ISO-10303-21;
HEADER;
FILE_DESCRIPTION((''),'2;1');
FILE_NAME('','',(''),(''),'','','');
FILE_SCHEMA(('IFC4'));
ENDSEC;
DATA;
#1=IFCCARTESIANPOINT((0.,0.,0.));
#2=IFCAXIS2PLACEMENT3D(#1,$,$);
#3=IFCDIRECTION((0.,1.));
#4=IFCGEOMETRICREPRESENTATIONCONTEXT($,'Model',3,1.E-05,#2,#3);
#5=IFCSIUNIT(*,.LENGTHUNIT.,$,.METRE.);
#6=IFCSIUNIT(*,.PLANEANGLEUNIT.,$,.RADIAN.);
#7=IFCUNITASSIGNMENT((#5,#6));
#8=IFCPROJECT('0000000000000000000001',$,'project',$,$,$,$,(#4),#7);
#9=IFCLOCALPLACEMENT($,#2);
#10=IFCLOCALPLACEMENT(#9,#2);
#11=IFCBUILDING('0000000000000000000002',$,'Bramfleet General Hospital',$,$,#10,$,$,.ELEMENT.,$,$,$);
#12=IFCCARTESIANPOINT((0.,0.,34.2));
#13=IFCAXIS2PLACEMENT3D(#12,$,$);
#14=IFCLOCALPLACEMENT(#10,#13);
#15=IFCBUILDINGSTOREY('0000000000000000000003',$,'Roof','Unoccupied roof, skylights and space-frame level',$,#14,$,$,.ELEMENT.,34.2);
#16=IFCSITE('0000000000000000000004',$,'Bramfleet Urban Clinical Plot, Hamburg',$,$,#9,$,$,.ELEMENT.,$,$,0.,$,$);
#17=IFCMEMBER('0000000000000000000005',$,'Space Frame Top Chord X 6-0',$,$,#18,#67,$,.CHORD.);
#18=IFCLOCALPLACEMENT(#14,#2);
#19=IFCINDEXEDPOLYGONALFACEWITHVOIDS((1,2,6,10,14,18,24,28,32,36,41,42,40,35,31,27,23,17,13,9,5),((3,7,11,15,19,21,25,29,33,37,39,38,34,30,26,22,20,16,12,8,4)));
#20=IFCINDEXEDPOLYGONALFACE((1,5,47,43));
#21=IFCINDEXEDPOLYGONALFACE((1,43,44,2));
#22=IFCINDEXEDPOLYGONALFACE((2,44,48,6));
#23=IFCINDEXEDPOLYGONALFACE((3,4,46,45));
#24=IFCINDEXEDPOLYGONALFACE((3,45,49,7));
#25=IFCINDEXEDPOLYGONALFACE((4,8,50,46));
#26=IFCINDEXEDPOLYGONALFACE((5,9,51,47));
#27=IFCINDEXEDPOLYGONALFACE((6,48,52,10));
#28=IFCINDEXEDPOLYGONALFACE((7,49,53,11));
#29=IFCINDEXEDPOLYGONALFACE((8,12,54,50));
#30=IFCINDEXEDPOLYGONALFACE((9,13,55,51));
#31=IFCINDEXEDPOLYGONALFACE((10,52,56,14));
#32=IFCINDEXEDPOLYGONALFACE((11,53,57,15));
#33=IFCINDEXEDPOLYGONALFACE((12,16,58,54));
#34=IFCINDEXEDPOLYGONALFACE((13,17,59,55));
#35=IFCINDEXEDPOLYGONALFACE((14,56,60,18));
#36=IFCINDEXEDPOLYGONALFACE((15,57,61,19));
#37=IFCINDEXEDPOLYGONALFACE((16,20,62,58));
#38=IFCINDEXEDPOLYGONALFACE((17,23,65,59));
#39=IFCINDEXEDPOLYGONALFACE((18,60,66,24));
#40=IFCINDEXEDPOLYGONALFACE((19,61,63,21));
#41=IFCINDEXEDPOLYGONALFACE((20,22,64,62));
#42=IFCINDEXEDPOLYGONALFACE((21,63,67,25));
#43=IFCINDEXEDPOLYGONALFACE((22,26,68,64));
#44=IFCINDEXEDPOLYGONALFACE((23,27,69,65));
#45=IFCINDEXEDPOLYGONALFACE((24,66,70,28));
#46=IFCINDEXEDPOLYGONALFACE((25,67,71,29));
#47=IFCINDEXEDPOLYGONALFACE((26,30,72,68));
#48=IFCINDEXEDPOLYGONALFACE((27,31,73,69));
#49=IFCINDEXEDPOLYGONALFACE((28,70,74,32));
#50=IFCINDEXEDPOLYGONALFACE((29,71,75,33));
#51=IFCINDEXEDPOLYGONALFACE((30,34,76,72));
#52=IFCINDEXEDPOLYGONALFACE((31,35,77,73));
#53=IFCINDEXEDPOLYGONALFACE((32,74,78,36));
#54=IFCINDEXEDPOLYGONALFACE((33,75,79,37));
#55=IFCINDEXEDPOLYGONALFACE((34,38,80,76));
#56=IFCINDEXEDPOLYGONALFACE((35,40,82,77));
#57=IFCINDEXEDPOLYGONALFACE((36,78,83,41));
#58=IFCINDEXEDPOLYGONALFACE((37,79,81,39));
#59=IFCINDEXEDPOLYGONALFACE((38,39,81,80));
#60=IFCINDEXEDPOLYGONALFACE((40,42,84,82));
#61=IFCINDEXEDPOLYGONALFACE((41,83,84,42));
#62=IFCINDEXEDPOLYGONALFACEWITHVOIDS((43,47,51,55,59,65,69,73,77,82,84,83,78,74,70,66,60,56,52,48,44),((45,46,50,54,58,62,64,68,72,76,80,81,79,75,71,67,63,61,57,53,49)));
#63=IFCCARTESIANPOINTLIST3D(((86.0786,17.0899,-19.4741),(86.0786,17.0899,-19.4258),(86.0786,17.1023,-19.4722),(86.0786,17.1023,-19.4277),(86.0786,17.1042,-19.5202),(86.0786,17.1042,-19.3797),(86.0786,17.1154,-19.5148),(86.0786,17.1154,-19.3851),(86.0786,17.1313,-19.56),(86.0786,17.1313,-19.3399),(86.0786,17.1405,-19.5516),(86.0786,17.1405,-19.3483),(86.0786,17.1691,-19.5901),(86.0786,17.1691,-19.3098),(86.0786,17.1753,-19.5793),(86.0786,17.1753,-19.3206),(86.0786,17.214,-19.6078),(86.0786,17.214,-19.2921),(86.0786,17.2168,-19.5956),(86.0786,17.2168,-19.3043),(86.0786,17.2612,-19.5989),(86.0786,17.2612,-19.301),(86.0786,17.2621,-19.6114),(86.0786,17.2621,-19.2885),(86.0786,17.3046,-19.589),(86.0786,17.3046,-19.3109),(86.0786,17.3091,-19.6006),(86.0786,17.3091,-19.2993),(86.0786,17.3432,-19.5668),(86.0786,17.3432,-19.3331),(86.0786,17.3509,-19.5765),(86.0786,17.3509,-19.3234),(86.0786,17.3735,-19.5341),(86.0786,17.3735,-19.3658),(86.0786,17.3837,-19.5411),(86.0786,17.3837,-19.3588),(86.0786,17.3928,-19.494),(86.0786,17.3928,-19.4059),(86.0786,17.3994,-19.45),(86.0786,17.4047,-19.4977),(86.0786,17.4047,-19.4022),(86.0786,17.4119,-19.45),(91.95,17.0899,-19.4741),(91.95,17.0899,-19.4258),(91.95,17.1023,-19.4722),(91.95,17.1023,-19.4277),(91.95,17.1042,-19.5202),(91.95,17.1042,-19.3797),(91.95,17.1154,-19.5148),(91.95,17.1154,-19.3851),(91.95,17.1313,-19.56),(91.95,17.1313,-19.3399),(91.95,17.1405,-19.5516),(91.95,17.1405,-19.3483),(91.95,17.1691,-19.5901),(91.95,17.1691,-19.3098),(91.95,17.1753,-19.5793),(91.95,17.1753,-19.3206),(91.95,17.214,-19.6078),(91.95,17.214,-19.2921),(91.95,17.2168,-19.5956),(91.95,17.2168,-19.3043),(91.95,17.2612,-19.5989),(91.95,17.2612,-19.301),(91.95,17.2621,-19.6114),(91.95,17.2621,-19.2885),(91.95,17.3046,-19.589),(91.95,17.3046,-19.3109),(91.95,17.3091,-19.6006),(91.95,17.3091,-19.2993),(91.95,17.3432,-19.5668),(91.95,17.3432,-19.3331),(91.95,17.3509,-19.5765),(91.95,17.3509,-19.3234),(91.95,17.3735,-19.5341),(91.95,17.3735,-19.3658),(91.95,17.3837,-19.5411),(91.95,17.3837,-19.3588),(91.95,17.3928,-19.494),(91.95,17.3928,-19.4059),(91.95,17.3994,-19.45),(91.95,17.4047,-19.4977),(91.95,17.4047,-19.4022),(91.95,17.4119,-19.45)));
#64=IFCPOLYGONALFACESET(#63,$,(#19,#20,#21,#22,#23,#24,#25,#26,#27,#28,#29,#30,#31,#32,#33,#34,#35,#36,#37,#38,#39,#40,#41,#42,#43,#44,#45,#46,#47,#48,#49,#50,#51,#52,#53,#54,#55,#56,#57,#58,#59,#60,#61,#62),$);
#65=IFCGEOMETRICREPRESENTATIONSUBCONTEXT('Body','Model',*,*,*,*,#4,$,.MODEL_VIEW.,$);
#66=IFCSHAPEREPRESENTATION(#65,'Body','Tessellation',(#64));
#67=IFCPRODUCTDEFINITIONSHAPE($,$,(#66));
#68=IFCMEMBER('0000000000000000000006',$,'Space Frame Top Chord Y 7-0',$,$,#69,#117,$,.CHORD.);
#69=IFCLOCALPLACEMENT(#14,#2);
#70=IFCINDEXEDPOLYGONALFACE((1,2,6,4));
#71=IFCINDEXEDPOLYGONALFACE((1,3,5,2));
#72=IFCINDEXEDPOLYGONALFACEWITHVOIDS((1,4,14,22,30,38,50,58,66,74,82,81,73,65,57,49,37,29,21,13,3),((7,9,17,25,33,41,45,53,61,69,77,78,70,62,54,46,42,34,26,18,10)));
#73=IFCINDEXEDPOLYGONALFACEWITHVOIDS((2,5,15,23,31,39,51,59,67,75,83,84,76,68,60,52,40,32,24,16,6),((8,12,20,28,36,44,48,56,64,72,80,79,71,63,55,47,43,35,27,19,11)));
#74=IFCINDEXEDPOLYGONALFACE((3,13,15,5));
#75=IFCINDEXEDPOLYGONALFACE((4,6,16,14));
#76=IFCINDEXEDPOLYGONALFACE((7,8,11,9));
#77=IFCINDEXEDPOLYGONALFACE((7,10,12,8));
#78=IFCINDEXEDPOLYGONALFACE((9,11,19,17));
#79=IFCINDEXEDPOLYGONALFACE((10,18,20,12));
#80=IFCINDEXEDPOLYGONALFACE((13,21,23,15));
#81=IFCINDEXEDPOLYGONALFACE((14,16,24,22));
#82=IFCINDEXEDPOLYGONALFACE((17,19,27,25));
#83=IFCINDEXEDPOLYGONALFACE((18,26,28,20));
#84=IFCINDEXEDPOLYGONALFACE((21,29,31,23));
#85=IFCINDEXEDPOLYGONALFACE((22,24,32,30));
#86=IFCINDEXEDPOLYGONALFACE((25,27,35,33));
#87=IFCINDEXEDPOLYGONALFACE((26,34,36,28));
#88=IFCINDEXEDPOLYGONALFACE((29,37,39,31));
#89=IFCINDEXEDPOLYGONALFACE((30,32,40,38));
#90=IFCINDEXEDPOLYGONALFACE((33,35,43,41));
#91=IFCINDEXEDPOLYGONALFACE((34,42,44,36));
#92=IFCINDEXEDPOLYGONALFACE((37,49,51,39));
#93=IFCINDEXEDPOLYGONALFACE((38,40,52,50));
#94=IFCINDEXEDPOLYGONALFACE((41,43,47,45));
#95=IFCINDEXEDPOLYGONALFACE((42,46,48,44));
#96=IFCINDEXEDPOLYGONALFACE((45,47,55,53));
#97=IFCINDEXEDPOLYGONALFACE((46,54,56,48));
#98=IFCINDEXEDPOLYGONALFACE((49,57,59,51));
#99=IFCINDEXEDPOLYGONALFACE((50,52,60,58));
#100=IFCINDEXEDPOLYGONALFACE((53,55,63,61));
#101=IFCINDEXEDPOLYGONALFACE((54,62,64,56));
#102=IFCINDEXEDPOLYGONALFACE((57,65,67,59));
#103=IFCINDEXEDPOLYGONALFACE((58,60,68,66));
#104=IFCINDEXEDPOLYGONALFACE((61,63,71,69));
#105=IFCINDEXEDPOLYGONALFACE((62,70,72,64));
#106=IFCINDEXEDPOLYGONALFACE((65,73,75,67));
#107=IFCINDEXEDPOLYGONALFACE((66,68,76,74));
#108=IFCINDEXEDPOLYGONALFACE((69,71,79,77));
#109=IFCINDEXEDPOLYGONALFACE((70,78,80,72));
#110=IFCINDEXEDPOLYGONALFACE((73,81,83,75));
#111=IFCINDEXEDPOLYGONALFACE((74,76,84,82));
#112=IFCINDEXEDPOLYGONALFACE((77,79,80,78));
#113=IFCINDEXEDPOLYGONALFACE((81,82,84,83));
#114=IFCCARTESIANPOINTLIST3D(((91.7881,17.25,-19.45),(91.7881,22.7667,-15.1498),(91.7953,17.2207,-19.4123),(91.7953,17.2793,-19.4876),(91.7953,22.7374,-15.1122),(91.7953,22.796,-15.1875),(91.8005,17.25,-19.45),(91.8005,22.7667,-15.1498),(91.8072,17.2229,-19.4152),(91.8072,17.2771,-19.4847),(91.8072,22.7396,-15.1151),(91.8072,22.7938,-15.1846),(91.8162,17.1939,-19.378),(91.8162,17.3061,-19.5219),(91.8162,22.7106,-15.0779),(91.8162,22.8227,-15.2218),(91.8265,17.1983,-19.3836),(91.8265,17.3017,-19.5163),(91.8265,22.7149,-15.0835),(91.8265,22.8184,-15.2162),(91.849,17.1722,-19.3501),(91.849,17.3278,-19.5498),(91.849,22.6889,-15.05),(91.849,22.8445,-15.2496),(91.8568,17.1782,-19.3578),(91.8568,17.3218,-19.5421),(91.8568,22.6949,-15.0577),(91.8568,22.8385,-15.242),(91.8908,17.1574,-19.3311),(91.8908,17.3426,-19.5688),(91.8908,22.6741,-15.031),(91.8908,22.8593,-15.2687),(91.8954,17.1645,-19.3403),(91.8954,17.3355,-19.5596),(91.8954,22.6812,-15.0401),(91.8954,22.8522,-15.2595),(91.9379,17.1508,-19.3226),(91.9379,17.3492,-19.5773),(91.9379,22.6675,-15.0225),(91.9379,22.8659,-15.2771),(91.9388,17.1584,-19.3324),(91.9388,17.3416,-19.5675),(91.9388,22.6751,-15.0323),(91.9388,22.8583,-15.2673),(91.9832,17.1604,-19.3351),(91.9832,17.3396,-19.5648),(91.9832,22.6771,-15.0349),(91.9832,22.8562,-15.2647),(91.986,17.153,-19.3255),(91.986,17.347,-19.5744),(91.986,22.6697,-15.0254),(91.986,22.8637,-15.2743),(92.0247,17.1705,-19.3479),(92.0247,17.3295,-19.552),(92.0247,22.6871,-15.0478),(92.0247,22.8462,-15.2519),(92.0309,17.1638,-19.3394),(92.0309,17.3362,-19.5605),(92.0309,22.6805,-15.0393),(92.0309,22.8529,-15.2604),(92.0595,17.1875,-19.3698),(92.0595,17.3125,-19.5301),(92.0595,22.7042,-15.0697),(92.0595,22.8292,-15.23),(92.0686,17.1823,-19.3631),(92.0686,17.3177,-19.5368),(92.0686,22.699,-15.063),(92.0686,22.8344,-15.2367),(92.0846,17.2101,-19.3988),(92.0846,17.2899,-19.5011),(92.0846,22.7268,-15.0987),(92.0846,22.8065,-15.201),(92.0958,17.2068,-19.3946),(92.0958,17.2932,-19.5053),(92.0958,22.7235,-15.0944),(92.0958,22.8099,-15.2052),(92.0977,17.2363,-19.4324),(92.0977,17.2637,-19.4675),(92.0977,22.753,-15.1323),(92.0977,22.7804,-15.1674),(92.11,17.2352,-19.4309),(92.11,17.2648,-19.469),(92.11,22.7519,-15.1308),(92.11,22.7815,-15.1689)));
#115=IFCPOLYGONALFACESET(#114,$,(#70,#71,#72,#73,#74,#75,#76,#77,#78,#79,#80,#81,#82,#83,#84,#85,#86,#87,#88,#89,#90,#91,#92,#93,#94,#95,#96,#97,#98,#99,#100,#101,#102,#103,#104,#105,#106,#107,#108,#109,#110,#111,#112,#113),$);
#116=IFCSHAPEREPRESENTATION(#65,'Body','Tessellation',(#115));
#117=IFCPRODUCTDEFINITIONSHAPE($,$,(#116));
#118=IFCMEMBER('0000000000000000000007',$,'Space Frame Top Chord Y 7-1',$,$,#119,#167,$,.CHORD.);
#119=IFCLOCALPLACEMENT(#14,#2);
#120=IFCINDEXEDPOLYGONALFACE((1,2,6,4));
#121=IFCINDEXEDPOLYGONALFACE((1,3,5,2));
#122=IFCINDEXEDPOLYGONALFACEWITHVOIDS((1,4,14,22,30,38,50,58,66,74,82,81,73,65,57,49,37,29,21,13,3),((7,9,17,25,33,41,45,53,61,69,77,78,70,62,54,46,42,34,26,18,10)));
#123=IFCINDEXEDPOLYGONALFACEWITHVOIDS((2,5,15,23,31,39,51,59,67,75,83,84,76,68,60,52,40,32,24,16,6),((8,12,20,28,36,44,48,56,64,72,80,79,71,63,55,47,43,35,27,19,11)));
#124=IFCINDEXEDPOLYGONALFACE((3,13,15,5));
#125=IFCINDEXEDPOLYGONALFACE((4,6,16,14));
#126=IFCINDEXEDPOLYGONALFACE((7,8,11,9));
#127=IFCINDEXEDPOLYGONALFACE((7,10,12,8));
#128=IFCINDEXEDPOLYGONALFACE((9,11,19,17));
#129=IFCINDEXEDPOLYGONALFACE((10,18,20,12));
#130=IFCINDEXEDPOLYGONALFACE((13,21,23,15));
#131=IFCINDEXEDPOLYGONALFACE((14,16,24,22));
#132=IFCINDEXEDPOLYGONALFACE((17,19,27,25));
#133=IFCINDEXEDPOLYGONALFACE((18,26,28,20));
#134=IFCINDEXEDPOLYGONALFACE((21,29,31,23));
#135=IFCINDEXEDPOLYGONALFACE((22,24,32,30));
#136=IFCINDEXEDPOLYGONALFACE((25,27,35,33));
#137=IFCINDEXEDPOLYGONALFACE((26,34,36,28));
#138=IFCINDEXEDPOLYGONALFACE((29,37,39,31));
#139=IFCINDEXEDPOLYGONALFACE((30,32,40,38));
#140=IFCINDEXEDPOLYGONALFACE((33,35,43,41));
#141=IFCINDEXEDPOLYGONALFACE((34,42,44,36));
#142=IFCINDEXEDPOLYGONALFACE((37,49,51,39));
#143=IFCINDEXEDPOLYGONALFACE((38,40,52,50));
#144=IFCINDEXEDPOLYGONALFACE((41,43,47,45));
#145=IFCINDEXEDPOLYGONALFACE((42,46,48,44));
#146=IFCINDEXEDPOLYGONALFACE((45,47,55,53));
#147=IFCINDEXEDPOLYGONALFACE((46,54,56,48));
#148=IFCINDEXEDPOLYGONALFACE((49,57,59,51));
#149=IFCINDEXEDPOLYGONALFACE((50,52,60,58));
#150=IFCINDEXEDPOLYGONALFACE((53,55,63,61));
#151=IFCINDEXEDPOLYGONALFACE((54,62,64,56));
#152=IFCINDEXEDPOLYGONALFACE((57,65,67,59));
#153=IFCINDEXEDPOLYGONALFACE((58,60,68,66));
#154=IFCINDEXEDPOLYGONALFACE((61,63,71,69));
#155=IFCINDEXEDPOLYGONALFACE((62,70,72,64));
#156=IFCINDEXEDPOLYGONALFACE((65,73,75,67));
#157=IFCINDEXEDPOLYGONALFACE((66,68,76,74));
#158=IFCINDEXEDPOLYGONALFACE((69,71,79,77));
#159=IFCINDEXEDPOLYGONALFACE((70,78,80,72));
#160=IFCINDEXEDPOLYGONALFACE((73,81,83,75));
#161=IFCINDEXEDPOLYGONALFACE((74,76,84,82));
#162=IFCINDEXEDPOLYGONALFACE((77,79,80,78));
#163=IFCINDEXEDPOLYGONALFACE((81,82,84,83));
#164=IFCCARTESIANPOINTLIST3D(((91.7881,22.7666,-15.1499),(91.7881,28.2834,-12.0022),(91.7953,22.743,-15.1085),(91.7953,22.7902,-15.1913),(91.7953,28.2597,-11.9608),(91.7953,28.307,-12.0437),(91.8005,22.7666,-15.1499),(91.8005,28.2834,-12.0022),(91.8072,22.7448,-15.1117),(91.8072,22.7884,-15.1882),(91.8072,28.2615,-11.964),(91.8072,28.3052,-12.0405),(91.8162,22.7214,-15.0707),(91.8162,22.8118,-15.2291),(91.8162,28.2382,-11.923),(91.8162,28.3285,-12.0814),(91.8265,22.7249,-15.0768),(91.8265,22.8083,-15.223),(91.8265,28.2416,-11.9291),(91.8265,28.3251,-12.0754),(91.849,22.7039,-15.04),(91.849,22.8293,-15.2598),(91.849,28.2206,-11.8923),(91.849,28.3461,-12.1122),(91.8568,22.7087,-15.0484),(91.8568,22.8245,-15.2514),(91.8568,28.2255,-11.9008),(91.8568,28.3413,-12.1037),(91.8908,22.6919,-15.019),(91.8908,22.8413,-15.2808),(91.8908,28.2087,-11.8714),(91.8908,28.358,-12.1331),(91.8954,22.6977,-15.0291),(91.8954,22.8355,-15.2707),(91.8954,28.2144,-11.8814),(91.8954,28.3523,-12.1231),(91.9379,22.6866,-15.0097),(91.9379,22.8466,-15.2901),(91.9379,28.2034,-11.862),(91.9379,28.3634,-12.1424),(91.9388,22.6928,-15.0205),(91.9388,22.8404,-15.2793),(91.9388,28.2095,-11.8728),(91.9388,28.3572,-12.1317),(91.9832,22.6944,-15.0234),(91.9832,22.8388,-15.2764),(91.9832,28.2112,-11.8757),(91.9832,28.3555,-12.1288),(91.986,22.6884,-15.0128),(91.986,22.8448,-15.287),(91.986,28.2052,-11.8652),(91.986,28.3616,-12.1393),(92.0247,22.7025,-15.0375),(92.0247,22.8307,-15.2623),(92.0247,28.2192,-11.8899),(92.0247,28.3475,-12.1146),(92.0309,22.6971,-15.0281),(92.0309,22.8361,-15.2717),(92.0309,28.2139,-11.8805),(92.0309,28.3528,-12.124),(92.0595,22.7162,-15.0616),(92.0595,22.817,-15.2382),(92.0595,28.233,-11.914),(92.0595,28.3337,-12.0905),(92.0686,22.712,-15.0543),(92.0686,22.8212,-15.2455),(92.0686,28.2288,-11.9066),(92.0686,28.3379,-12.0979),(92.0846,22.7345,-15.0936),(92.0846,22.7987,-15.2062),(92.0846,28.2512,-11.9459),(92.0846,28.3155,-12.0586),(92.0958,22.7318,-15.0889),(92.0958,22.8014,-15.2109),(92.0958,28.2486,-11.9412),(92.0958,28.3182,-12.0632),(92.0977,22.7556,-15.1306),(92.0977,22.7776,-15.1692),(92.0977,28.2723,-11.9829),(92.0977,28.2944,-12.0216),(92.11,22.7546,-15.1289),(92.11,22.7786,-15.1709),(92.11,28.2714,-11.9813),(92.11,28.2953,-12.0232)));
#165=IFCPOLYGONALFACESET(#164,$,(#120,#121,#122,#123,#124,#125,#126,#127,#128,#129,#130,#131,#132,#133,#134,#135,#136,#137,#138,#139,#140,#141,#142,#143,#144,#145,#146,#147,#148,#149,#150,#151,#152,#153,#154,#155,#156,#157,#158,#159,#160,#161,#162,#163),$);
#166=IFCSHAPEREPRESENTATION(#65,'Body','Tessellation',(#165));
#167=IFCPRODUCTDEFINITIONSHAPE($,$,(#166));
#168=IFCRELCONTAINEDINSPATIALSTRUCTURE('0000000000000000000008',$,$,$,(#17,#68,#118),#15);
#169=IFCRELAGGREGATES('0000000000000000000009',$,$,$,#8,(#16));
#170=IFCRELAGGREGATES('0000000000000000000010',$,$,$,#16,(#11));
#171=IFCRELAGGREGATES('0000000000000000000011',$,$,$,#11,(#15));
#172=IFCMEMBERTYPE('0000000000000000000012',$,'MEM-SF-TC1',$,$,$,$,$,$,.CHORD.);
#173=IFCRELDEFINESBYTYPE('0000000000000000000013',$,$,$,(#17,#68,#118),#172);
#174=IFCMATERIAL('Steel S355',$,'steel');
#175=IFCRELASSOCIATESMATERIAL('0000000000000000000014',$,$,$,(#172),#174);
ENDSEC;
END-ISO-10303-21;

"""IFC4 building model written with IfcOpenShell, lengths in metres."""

from ifc_helpers import new_model, si_unit, direction, frame, origin, origin_2d, place, context, subcontext, project, spatial, hollow_circle, extrude, material, material_profile, profile_set, type_object, element, save


model = new_model("IFC4")

# Units and contexts
model_context = context("Model", 3, precision=1e-05, world=origin(), true_north=direction((0.0, 1.0)))
body_context = subcontext(model_context, "Body", "Model", "MODEL_VIEW")
ifc_project = project(units=[si_unit("LENGTHUNIT", "METRE"), si_unit("PLANEANGLEUNIT", "RADIAN")], contexts=[model_context])

# Site, building, storey
site_placement = place(None, origin())
site = spatial("IfcSite", under=ifc_project, at=site_placement, Name="Bramfleet Urban Clinical Plot, Hamburg", CompositionType="ELEMENT", RefElevation=0.0)
building_placement = place(site_placement, origin())
building = spatial("IfcBuilding", under=site, at=building_placement, Name="Bramfleet General Hospital", CompositionType="ELEMENT")
storey_placement = place(building_placement, frame((0.0, 0.0, 34.2)))
storey = spatial("IfcBuildingStorey", under=building, at=storey_placement, Name="Roof", Description="Unoccupied roof, skylights and space-frame level", CompositionType="ELEMENT", Elevation=34.2)

# Members
ifc_material_1 = material(Name="Steel S355", Category="steel")
ifc_material_profile_1 = material_profile(ifc_material_1, hollow_circle(Radius=0.1619, WallThickness=0.0125, at=origin_2d()), Name="CHS 323.9x12.5")
ifc_profile_set_1 = profile_set([ifc_material_profile_1], Name="Steel S355")
member_type_1 = type_object("IfcMemberType", Name="MEM-SF-TC1", PredefinedType="CHORD", material=ifc_profile_set_1)
member_1_placement = place(storey_placement, frame((86.0786, 17.25, -19.45), z_axis=(1.0, 0.0, 0.0), x_axis=(0.0, 1.0, 0.0)))
element("IfcMember", 1, at=member_1_placement, inside=storey, type_object=member_type_1, Name="Space Frame Top Chord X 6-0", PredefinedType="CHORD", context=body_context, shape_type="SweptSolid", body=[
    extrude(hollow_circle(Radius=0.1619, WallThickness=0.0125, at=origin_2d()), origin(), (0.0, 0.0, 1.0), 5.8713),
])
member_2_placement = place(storey_placement, frame((91.95, 17.25, -19.45), z_axis=(0.0, 0.788703, 0.614774), x_axis=(-1.0, 0.0, 0.0)))
element("IfcMember", 2, at=member_2_placement, inside=storey, type_object=member_type_1, Name="Space Frame Top Chord Y 7-0", PredefinedType="CHORD", context=body_context, shape_type="SweptSolid", body=[
    extrude(hollow_circle(Radius=0.1619, WallThickness=0.0125, at=origin_2d()), origin(), (0.0, 0.0, 1.0), 6.9946),
])
member_3_placement = place(storey_placement, frame((91.95, 22.7666, -15.1499), z_axis=(0.0, 0.868567, 0.495572), x_axis=(-1.0, 0.0, 0.0)))
element("IfcMember", 3, at=member_3_placement, inside=storey, type_object=member_type_1, Name="Space Frame Top Chord Y 7-1", PredefinedType="CHORD", context=body_context, shape_type="SweptSolid", body=[
    extrude(hollow_circle(Radius=0.1619, WallThickness=0.0125, at=origin_2d()), origin(), (0.0, 0.0, 1.0), 6.3516),
])

save(model, "model.ifc")
